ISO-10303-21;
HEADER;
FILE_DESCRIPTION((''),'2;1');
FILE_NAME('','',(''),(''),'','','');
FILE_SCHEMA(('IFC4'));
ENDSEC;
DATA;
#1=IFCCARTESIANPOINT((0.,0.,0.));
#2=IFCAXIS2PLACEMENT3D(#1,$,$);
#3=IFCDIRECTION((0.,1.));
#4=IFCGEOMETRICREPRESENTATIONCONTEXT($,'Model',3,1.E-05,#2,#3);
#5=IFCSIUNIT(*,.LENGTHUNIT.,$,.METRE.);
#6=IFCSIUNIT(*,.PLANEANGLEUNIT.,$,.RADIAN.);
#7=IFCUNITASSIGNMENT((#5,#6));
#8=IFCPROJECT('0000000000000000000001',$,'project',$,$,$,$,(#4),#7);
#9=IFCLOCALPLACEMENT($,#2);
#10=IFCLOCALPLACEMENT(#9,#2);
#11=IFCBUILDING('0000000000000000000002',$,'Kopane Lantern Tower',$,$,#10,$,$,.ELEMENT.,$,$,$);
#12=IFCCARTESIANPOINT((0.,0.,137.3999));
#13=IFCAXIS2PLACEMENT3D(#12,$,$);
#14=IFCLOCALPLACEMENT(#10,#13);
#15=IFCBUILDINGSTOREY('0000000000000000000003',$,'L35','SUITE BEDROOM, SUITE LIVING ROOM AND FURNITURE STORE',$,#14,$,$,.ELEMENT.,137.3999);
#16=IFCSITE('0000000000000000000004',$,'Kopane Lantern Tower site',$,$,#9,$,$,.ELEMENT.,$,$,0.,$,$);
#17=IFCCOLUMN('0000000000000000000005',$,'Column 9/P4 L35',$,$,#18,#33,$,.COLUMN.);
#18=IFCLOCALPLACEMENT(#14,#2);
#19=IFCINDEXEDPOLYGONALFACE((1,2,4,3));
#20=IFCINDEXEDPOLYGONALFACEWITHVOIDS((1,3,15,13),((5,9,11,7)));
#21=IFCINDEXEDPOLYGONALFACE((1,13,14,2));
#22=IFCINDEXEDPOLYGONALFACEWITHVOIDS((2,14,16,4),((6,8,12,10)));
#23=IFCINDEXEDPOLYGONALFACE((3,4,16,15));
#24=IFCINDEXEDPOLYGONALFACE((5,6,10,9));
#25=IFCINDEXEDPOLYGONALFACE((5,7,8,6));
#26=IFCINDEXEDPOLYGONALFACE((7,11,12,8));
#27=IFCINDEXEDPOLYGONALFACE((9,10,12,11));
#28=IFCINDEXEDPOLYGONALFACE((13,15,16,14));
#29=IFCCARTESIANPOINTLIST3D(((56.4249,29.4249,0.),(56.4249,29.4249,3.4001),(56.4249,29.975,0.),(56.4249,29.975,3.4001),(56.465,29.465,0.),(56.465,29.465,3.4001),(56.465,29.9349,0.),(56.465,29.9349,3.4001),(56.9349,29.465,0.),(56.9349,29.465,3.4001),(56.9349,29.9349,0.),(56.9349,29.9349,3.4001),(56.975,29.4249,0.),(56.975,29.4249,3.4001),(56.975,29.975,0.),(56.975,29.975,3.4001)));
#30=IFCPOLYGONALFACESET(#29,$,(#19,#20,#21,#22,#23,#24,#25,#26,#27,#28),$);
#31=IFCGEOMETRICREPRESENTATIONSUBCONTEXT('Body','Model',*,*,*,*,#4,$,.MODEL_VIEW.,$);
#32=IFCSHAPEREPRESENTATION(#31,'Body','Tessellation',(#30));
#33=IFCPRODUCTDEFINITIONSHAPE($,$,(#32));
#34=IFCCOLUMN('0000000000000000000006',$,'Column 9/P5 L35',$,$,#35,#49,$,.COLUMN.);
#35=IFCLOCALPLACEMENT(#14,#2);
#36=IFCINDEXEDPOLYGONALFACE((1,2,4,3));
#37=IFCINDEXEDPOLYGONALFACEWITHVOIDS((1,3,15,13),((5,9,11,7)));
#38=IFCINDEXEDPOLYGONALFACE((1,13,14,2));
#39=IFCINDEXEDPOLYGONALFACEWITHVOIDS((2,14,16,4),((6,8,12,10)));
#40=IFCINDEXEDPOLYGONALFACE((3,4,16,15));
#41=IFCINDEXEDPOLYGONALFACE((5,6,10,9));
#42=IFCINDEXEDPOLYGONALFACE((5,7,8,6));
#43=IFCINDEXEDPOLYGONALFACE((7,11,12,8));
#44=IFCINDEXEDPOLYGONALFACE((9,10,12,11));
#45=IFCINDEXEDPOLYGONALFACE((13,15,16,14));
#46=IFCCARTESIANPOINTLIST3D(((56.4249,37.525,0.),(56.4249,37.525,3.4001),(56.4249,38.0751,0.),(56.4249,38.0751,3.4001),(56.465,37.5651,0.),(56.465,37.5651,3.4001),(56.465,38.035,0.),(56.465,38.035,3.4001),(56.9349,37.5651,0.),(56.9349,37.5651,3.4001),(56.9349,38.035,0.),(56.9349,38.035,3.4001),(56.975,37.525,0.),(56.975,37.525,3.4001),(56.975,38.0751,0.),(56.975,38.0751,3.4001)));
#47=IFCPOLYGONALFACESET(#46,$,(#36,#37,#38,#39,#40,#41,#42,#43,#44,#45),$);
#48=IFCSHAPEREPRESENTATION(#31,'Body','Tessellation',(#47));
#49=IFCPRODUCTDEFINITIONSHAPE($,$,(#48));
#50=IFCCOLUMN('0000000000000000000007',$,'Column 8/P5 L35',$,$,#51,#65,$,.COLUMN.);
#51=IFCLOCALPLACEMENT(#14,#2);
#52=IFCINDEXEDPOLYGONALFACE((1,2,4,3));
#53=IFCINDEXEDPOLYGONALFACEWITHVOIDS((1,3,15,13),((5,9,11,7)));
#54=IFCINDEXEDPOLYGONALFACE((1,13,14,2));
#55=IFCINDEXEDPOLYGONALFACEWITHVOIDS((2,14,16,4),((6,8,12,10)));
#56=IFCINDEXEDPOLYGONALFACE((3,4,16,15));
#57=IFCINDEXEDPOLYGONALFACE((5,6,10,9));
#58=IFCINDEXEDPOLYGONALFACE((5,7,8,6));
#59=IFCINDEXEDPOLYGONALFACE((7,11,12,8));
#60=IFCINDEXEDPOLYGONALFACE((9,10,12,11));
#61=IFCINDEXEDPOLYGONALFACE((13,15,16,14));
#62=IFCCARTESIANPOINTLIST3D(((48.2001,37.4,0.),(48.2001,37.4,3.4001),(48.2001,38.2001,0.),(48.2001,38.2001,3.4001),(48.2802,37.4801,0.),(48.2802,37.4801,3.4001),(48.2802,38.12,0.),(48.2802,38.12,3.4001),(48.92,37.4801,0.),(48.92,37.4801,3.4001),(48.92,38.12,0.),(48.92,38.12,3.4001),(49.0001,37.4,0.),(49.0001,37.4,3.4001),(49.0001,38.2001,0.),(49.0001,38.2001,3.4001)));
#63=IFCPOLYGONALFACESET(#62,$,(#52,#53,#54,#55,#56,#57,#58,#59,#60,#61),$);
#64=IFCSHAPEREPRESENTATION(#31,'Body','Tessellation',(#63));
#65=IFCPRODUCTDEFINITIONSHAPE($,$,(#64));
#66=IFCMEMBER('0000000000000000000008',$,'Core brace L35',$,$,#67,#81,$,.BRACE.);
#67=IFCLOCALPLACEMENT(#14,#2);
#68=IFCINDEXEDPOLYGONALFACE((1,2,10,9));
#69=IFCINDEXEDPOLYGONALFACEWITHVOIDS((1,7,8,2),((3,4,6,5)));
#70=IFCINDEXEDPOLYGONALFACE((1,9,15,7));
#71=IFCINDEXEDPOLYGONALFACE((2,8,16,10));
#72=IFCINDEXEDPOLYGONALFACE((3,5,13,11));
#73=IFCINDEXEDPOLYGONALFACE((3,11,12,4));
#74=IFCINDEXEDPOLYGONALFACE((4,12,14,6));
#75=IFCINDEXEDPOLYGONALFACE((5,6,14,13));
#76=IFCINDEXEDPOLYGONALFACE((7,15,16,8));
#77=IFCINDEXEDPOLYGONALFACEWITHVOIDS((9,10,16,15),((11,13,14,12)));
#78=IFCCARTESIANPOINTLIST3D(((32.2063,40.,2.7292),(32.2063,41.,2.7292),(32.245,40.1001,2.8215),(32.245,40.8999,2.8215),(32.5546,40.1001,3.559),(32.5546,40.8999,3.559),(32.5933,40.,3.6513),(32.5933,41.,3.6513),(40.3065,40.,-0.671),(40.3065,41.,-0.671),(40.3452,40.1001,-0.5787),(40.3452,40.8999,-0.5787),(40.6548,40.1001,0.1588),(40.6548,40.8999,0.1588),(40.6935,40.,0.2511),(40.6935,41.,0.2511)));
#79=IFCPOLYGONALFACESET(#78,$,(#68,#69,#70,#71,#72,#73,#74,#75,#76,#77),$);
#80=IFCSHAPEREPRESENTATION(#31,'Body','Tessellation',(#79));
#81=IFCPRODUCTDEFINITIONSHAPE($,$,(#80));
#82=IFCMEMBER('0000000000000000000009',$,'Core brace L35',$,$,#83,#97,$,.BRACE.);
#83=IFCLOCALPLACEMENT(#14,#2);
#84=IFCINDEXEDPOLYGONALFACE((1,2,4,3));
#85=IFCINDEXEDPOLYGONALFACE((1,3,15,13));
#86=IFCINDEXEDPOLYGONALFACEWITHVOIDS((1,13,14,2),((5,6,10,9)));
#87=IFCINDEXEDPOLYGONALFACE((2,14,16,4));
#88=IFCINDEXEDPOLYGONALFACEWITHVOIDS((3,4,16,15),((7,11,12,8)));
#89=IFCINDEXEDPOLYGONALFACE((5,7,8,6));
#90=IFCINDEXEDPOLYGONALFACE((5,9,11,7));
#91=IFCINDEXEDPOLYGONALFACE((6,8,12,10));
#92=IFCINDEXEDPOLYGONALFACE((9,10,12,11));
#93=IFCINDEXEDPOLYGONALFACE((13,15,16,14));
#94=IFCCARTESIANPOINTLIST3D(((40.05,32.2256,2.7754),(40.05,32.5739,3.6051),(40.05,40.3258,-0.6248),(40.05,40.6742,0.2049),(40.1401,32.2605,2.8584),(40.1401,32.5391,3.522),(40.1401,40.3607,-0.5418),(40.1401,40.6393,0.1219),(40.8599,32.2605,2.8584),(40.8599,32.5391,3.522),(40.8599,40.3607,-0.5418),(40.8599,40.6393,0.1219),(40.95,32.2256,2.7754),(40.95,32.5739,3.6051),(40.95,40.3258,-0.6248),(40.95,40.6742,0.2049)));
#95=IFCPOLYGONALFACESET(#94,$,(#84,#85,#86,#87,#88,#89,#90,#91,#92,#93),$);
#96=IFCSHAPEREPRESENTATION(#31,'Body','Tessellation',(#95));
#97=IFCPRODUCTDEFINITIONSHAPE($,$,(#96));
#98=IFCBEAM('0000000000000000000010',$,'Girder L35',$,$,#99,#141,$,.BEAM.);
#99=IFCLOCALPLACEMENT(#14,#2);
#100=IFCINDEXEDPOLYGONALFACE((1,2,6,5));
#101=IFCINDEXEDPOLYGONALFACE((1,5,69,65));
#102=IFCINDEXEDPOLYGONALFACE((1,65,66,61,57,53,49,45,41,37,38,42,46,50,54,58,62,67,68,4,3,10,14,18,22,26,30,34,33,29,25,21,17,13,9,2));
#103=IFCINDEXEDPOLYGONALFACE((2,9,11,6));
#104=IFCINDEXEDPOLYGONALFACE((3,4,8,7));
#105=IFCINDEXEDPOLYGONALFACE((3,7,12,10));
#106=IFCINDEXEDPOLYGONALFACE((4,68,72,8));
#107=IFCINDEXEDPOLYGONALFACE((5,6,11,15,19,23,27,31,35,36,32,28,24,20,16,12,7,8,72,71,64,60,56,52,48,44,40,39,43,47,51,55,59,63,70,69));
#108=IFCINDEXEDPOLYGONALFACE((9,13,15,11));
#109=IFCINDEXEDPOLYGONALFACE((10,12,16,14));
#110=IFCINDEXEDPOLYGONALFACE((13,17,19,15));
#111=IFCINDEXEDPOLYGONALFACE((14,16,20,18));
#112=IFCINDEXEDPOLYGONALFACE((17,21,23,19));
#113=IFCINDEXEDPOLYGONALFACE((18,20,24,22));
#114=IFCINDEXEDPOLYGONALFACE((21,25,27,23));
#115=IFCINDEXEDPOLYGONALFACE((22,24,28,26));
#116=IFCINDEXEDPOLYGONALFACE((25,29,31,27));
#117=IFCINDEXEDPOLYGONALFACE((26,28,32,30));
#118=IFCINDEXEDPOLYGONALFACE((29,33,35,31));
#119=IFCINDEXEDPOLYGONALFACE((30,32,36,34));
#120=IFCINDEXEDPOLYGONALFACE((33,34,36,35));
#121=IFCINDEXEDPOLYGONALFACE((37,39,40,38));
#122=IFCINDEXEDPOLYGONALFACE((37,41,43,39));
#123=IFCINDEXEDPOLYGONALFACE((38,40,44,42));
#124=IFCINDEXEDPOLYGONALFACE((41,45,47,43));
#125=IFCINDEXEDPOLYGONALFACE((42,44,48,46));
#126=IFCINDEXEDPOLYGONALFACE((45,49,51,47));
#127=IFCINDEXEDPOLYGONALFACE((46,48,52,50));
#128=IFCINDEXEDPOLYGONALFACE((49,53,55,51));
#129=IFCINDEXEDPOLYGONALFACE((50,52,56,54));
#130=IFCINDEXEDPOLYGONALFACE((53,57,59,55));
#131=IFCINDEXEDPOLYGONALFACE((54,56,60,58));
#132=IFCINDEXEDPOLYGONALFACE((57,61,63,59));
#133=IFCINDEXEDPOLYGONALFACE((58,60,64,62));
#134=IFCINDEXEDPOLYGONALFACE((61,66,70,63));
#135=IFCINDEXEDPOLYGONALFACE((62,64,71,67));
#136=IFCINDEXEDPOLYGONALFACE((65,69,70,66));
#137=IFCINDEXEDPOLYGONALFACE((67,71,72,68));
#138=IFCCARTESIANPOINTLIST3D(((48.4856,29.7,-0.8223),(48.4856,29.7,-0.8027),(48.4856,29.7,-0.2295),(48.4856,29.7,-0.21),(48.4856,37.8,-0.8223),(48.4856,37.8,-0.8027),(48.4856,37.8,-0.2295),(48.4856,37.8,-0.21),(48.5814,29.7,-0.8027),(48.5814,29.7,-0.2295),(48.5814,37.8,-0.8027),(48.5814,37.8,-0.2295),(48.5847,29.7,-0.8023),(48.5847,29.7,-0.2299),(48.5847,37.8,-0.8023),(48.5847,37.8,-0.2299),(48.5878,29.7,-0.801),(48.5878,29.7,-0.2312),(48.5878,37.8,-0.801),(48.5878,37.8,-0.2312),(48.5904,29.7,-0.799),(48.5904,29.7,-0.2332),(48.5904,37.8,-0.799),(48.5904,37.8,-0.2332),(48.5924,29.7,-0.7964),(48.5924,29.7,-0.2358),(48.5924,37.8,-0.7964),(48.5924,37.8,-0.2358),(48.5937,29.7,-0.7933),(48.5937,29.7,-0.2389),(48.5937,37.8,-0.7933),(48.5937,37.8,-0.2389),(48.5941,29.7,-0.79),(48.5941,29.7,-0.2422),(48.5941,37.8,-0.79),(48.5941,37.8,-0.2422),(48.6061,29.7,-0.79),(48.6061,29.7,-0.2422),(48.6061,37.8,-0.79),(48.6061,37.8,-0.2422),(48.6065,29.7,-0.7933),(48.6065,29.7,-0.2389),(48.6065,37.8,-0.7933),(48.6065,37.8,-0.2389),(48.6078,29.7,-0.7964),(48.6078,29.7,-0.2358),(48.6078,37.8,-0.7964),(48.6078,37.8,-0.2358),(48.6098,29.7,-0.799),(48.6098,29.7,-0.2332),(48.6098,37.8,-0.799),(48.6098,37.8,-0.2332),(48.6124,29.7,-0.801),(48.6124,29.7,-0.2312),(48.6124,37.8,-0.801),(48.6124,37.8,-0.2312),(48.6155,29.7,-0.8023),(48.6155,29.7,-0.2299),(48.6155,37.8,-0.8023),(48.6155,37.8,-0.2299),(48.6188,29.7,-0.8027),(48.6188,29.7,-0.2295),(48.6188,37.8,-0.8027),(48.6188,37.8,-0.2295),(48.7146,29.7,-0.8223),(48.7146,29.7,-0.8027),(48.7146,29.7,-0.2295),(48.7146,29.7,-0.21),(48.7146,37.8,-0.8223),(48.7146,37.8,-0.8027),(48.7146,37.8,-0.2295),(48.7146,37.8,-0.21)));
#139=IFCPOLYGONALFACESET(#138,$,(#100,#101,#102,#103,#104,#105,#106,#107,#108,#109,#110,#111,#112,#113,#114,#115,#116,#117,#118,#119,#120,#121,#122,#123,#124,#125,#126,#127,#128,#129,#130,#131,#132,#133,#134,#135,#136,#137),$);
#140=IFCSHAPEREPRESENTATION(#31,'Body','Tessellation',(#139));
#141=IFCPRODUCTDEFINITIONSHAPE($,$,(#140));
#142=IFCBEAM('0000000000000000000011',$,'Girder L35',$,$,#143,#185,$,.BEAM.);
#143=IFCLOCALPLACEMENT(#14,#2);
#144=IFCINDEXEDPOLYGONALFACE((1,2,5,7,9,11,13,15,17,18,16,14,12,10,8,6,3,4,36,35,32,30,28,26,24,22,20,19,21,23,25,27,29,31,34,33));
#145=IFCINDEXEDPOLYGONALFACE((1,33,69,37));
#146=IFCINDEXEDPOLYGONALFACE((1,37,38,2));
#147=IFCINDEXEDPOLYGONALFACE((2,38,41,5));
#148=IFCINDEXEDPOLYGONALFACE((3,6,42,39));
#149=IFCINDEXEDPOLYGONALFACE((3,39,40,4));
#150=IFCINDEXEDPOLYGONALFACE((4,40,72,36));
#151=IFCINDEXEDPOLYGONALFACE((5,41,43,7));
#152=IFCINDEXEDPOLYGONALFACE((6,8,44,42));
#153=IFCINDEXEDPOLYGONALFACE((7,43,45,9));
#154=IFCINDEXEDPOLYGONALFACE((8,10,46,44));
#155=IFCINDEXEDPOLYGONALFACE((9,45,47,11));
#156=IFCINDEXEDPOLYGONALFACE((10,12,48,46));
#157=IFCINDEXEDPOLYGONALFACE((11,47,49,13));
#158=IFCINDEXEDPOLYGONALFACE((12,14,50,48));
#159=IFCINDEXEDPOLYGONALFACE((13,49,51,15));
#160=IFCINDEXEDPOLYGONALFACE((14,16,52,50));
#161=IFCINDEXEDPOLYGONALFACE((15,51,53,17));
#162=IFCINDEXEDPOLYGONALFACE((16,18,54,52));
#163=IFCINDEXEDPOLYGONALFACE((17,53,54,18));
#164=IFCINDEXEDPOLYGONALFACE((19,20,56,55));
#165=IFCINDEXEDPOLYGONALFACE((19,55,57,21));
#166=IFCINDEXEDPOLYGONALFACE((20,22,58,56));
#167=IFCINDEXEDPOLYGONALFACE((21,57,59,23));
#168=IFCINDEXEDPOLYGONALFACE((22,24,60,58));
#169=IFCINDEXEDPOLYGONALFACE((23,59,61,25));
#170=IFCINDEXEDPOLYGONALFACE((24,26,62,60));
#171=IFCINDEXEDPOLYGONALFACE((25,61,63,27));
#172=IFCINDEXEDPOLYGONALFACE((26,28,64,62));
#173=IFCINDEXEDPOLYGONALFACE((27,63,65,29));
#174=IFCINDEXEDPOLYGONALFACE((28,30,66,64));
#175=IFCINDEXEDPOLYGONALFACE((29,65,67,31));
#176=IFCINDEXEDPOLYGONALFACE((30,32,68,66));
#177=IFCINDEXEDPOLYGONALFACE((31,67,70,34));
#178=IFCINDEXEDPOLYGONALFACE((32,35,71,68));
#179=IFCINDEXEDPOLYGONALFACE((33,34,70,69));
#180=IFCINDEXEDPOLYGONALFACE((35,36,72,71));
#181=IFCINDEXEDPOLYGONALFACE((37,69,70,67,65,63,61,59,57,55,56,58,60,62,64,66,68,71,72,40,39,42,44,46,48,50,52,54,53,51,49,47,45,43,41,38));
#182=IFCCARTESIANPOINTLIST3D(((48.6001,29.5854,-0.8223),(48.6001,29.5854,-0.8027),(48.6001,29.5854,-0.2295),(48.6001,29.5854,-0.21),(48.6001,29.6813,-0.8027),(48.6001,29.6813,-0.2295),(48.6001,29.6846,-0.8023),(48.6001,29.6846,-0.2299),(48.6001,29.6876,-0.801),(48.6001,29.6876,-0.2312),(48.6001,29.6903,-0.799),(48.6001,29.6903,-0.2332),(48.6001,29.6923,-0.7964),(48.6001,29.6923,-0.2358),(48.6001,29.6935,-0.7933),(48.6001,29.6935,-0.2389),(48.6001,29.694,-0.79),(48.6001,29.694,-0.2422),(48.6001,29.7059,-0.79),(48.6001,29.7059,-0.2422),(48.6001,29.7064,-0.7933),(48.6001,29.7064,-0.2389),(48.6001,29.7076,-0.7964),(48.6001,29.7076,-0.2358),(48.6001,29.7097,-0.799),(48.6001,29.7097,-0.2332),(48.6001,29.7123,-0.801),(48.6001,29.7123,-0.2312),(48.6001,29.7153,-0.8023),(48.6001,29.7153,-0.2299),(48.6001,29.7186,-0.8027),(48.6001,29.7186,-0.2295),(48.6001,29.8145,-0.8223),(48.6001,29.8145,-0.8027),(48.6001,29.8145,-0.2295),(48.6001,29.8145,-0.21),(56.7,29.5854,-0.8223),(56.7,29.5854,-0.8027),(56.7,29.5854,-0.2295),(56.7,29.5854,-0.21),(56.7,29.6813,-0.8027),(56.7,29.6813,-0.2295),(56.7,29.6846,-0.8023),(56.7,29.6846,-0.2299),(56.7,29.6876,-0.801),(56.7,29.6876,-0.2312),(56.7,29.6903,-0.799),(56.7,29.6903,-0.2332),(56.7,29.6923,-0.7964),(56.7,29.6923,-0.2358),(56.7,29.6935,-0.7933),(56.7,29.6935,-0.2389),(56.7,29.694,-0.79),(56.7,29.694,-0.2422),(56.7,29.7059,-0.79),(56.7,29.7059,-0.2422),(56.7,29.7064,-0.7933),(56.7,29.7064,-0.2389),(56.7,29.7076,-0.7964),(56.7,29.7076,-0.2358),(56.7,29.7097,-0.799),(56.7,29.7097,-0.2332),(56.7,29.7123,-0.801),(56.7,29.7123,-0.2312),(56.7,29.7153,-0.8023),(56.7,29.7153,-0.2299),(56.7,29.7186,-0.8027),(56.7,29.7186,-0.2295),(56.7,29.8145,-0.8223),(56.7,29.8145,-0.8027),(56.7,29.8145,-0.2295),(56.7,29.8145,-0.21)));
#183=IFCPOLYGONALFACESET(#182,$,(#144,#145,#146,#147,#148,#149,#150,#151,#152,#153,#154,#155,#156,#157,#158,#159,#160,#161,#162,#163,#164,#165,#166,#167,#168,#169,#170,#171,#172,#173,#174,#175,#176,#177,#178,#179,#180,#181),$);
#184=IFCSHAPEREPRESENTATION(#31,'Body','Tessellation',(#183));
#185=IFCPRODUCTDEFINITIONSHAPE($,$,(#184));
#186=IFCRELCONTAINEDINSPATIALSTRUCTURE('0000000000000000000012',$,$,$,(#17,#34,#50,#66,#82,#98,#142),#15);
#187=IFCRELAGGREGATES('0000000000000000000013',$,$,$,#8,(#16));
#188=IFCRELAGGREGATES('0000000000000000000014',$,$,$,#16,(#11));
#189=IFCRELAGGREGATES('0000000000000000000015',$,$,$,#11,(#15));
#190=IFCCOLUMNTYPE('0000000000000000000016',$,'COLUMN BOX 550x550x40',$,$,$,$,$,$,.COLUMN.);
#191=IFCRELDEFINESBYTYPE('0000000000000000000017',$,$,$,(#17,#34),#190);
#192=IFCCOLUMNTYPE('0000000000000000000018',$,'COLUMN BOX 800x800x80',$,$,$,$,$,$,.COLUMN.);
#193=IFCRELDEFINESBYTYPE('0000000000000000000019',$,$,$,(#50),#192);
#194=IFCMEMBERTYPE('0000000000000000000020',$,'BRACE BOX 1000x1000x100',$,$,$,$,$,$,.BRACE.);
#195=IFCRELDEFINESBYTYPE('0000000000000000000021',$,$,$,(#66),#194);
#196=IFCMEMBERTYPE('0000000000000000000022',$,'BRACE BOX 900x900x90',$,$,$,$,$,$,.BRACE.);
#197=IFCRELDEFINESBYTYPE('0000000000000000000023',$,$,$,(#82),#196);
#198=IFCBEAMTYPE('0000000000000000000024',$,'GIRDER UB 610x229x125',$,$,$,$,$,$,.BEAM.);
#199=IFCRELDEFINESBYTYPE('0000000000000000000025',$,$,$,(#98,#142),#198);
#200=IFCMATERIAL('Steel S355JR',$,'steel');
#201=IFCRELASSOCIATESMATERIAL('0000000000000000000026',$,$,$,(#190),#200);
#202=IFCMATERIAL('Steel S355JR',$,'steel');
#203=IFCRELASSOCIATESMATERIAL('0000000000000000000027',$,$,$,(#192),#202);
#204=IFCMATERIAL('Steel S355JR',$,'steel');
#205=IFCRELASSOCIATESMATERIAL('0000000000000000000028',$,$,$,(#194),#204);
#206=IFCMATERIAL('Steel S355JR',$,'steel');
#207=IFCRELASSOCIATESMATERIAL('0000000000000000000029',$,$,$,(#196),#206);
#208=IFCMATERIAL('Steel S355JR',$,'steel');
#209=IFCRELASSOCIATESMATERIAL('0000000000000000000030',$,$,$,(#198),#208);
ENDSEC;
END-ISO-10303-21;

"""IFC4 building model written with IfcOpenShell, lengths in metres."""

from ifc_helpers import new_model, si_unit, direction, frame, origin, origin_2d, place, context, subcontext, project, spatial, hollow_rectangle, i_section, extrude, material, material_profile, profile_set, type_object, element, save


model = new_model("IFC4")

# Units and contexts
model_context = context("Model", 3, precision=1e-05, world=origin(), true_north=direction((0.0, 1.0)))
body_context = subcontext(model_context, "Body", "Model", "MODEL_VIEW")
ifc_project = project(units=[si_unit("LENGTHUNIT", "METRE"), si_unit("PLANEANGLEUNIT", "RADIAN")], contexts=[model_context])

# Site, building, storey
site_placement = place(None, origin())
site = spatial("IfcSite", under=ifc_project, at=site_placement, Name="Kopane Lantern Tower site", CompositionType="ELEMENT", RefElevation=0.0)
building_placement = place(site_placement, origin())
building = spatial("IfcBuilding", under=site, at=building_placement, Name="Kopane Lantern Tower", CompositionType="ELEMENT")
storey_placement = place(building_placement, frame((0.0, 0.0, 137.3999)))
storey = spatial("IfcBuildingStorey", under=building, at=storey_placement, Name="L35", Description="SUITE BEDROOM, SUITE LIVING ROOM AND FURNITURE STORE", CompositionType="ELEMENT", Elevation=137.3999)

# Columns
ifc_material_1 = material(Name="Steel S355JR", Category="steel")
ifc_material_profile_1 = material_profile(ifc_material_1, hollow_rectangle(XDim=0.55, YDim=0.55, WallThickness=0.04, at=origin_2d()), Name="BOX 550x550x40")
ifc_profile_set_1 = profile_set([ifc_material_profile_1], Name="Steel S355JR")
column_type_1 = type_object("IfcColumnType", Name="COLUMN BOX 550x550x40", PredefinedType="COLUMN", material=ifc_profile_set_1)
for number, where, z_axis, x_axis, name in (
    (1, (56.7, 29.7, 0.0), (0.0, 0.0, 1.0), (1.0, 0.0, 0.0), "Column 9/P4 L35"),
    (2, (56.7, 37.8, 0.0), (0.0, 0.0, 1.0), (1.0, 0.0, 0.0), "Column 9/P5 L35"),
):
    element("IfcColumn", number, at=place(storey_placement, frame(where, z_axis=z_axis, x_axis=x_axis)), inside=storey, type_object=column_type_1, Name=name, PredefinedType="COLUMN", context=body_context, shape_type="SweptSolid", body=[
        extrude(hollow_rectangle(XDim=0.55, YDim=0.55, WallThickness=0.04, at=origin_2d()), origin(), (0.0, 0.0, 1.0), 3.4001),
    ])
ifc_material_2 = material(Name="Steel S355JR", Category="steel")
ifc_material_profile_2 = material_profile(ifc_material_2, hollow_rectangle(XDim=0.8, YDim=0.8, WallThickness=0.0801, at=origin_2d()), Name="BOX 800x800x80")
ifc_profile_set_2 = profile_set([ifc_material_profile_2], Name="Steel S355JR")
column_type_2 = type_object("IfcColumnType", Name="COLUMN BOX 800x800x80", PredefinedType="COLUMN", material=ifc_profile_set_2)
column_placement = place(storey_placement, frame((48.6001, 37.8, 0.0), z_axis=(0.0, 0.0, 1.0), x_axis=(1.0, 0.0, 0.0)))
element("IfcColumn", 3, at=column_placement, inside=storey, type_object=column_type_2, Name="Column 8/P5 L35", PredefinedType="COLUMN", context=body_context, shape_type="SweptSolid", body=[
    extrude(hollow_rectangle(XDim=0.8, YDim=0.8, WallThickness=0.0801, at=origin_2d()), origin(), (0.0, 0.0, 1.0), 3.4001),
])

# Members
ifc_material_3 = material(Name="Steel S355JR", Category="steel")
ifc_material_profile_3 = material_profile(ifc_material_3, hollow_rectangle(XDim=1.0, YDim=1.0, WallThickness=0.1001, at=origin_2d()), Name="BOX 1000x1000x100")
ifc_profile_set_3 = profile_set([ifc_material_profile_3], Name="Steel S355JR")
member_type_1 = type_object("IfcMemberType", Name="BRACE BOX 1000x1000x100", PredefinedType="BRACE", material=ifc_profile_set_3)
member_1_placement = place(storey_placement, frame((40.5, 40.5, -0.21), z_axis=(-0.922059, 0.0, 0.387049), x_axis=(0.0, -1.0, 0.0)))
element("IfcMember", 4, at=member_1_placement, inside=storey, type_object=member_type_1, Name="Core brace L35", PredefinedType="BRACE", context=body_context, shape_type="SweptSolid", body=[
    extrude(hollow_rectangle(XDim=1.0, YDim=1.0, WallThickness=0.1001, at=origin_2d()), origin(), (0.0, 0.0, 1.0), 8.7849),
])
ifc_material_4 = material(Name="Steel S355JR", Category="steel")
ifc_material_profile_4 = material_profile(ifc_material_4, hollow_rectangle(XDim=0.8999, YDim=0.8999, WallThickness=0.0901, at=origin_2d()), Name="BOX 900x900x90")
ifc_profile_set_4 = profile_set([ifc_material_profile_4], Name="Steel S355JR")
member_type_2 = type_object("IfcMemberType", Name="BRACE BOX 900x900x90", PredefinedType="BRACE", material=ifc_profile_set_4)
member_2_placement = place(storey_placement, frame((40.5, 40.5, -0.21), z_axis=(0.0, -0.922059, 0.387049), x_axis=(1.0, 0.0, 0.0)))
element("IfcMember", 5, at=member_2_placement, inside=storey, type_object=member_type_2, Name="Core brace L35", PredefinedType="BRACE", context=body_context, shape_type="SweptSolid", body=[
    extrude(hollow_rectangle(XDim=0.8999, YDim=0.8999, WallThickness=0.0901, at=origin_2d()), origin(), (0.0, 0.0, 1.0), 8.7849),
])

# Beams
ifc_material_5 = material(Name="Steel S355JR", Category="steel")
ifc_material_profile_5 = material_profile(ifc_material_5, i_section(OverallWidth=0.229, OverallDepth=0.6123, WebThickness=0.012, FlangeThickness=0.0195, FilletRadius=0.0127, at=origin_2d()), Name="UB 610x229x125")
ifc_profile_set_5 = profile_set([ifc_material_profile_5], Name="Steel S355JR")
beam_type = type_object("IfcBeamType", Name="GIRDER UB 610x229x125", PredefinedType="BEAM", material=ifc_profile_set_5)
beam_1_placement = place(storey_placement, frame((48.6001, 29.7, -0.5161), z_axis=(0.0, 1.0, 0.0), x_axis=(-1.0, 0.0, 0.0)))
element("IfcBeam", 6, at=beam_1_placement, inside=storey, type_object=beam_type, Name="Girder L35", PredefinedType="BEAM", context=body_context, shape_type="SweptSolid", body=[
    extrude(i_section(OverallWidth=0.229, OverallDepth=0.6123, WebThickness=0.012, FlangeThickness=0.0195, FilletRadius=0.0127, at=origin_2d()), origin(), (0.0, 0.0, 1.0), 8.1001),
])
for number, where, z_axis, x_axis, name in (
    (7, (48.6001, 29.7, -0.5161), (1.0, 0.0, 0.0), (0.0, 1.0, 0.0), "Girder L35"),
):
    element("IfcBeam", number, at=place(storey_placement, frame(where, z_axis=z_axis, x_axis=x_axis)), inside=storey, type_object=beam_type, Name=name, PredefinedType="BEAM", context=body_context, shape_type="SweptSolid", body=[
        extrude(i_section(OverallWidth=0.229, OverallDepth=0.6123, WebThickness=0.012, FlangeThickness=0.0195, FilletRadius=0.0127, at=origin_2d()), origin(), (0.0, 0.0, 1.0), 8.0999),
    ])

save(model, "model.ifc")
